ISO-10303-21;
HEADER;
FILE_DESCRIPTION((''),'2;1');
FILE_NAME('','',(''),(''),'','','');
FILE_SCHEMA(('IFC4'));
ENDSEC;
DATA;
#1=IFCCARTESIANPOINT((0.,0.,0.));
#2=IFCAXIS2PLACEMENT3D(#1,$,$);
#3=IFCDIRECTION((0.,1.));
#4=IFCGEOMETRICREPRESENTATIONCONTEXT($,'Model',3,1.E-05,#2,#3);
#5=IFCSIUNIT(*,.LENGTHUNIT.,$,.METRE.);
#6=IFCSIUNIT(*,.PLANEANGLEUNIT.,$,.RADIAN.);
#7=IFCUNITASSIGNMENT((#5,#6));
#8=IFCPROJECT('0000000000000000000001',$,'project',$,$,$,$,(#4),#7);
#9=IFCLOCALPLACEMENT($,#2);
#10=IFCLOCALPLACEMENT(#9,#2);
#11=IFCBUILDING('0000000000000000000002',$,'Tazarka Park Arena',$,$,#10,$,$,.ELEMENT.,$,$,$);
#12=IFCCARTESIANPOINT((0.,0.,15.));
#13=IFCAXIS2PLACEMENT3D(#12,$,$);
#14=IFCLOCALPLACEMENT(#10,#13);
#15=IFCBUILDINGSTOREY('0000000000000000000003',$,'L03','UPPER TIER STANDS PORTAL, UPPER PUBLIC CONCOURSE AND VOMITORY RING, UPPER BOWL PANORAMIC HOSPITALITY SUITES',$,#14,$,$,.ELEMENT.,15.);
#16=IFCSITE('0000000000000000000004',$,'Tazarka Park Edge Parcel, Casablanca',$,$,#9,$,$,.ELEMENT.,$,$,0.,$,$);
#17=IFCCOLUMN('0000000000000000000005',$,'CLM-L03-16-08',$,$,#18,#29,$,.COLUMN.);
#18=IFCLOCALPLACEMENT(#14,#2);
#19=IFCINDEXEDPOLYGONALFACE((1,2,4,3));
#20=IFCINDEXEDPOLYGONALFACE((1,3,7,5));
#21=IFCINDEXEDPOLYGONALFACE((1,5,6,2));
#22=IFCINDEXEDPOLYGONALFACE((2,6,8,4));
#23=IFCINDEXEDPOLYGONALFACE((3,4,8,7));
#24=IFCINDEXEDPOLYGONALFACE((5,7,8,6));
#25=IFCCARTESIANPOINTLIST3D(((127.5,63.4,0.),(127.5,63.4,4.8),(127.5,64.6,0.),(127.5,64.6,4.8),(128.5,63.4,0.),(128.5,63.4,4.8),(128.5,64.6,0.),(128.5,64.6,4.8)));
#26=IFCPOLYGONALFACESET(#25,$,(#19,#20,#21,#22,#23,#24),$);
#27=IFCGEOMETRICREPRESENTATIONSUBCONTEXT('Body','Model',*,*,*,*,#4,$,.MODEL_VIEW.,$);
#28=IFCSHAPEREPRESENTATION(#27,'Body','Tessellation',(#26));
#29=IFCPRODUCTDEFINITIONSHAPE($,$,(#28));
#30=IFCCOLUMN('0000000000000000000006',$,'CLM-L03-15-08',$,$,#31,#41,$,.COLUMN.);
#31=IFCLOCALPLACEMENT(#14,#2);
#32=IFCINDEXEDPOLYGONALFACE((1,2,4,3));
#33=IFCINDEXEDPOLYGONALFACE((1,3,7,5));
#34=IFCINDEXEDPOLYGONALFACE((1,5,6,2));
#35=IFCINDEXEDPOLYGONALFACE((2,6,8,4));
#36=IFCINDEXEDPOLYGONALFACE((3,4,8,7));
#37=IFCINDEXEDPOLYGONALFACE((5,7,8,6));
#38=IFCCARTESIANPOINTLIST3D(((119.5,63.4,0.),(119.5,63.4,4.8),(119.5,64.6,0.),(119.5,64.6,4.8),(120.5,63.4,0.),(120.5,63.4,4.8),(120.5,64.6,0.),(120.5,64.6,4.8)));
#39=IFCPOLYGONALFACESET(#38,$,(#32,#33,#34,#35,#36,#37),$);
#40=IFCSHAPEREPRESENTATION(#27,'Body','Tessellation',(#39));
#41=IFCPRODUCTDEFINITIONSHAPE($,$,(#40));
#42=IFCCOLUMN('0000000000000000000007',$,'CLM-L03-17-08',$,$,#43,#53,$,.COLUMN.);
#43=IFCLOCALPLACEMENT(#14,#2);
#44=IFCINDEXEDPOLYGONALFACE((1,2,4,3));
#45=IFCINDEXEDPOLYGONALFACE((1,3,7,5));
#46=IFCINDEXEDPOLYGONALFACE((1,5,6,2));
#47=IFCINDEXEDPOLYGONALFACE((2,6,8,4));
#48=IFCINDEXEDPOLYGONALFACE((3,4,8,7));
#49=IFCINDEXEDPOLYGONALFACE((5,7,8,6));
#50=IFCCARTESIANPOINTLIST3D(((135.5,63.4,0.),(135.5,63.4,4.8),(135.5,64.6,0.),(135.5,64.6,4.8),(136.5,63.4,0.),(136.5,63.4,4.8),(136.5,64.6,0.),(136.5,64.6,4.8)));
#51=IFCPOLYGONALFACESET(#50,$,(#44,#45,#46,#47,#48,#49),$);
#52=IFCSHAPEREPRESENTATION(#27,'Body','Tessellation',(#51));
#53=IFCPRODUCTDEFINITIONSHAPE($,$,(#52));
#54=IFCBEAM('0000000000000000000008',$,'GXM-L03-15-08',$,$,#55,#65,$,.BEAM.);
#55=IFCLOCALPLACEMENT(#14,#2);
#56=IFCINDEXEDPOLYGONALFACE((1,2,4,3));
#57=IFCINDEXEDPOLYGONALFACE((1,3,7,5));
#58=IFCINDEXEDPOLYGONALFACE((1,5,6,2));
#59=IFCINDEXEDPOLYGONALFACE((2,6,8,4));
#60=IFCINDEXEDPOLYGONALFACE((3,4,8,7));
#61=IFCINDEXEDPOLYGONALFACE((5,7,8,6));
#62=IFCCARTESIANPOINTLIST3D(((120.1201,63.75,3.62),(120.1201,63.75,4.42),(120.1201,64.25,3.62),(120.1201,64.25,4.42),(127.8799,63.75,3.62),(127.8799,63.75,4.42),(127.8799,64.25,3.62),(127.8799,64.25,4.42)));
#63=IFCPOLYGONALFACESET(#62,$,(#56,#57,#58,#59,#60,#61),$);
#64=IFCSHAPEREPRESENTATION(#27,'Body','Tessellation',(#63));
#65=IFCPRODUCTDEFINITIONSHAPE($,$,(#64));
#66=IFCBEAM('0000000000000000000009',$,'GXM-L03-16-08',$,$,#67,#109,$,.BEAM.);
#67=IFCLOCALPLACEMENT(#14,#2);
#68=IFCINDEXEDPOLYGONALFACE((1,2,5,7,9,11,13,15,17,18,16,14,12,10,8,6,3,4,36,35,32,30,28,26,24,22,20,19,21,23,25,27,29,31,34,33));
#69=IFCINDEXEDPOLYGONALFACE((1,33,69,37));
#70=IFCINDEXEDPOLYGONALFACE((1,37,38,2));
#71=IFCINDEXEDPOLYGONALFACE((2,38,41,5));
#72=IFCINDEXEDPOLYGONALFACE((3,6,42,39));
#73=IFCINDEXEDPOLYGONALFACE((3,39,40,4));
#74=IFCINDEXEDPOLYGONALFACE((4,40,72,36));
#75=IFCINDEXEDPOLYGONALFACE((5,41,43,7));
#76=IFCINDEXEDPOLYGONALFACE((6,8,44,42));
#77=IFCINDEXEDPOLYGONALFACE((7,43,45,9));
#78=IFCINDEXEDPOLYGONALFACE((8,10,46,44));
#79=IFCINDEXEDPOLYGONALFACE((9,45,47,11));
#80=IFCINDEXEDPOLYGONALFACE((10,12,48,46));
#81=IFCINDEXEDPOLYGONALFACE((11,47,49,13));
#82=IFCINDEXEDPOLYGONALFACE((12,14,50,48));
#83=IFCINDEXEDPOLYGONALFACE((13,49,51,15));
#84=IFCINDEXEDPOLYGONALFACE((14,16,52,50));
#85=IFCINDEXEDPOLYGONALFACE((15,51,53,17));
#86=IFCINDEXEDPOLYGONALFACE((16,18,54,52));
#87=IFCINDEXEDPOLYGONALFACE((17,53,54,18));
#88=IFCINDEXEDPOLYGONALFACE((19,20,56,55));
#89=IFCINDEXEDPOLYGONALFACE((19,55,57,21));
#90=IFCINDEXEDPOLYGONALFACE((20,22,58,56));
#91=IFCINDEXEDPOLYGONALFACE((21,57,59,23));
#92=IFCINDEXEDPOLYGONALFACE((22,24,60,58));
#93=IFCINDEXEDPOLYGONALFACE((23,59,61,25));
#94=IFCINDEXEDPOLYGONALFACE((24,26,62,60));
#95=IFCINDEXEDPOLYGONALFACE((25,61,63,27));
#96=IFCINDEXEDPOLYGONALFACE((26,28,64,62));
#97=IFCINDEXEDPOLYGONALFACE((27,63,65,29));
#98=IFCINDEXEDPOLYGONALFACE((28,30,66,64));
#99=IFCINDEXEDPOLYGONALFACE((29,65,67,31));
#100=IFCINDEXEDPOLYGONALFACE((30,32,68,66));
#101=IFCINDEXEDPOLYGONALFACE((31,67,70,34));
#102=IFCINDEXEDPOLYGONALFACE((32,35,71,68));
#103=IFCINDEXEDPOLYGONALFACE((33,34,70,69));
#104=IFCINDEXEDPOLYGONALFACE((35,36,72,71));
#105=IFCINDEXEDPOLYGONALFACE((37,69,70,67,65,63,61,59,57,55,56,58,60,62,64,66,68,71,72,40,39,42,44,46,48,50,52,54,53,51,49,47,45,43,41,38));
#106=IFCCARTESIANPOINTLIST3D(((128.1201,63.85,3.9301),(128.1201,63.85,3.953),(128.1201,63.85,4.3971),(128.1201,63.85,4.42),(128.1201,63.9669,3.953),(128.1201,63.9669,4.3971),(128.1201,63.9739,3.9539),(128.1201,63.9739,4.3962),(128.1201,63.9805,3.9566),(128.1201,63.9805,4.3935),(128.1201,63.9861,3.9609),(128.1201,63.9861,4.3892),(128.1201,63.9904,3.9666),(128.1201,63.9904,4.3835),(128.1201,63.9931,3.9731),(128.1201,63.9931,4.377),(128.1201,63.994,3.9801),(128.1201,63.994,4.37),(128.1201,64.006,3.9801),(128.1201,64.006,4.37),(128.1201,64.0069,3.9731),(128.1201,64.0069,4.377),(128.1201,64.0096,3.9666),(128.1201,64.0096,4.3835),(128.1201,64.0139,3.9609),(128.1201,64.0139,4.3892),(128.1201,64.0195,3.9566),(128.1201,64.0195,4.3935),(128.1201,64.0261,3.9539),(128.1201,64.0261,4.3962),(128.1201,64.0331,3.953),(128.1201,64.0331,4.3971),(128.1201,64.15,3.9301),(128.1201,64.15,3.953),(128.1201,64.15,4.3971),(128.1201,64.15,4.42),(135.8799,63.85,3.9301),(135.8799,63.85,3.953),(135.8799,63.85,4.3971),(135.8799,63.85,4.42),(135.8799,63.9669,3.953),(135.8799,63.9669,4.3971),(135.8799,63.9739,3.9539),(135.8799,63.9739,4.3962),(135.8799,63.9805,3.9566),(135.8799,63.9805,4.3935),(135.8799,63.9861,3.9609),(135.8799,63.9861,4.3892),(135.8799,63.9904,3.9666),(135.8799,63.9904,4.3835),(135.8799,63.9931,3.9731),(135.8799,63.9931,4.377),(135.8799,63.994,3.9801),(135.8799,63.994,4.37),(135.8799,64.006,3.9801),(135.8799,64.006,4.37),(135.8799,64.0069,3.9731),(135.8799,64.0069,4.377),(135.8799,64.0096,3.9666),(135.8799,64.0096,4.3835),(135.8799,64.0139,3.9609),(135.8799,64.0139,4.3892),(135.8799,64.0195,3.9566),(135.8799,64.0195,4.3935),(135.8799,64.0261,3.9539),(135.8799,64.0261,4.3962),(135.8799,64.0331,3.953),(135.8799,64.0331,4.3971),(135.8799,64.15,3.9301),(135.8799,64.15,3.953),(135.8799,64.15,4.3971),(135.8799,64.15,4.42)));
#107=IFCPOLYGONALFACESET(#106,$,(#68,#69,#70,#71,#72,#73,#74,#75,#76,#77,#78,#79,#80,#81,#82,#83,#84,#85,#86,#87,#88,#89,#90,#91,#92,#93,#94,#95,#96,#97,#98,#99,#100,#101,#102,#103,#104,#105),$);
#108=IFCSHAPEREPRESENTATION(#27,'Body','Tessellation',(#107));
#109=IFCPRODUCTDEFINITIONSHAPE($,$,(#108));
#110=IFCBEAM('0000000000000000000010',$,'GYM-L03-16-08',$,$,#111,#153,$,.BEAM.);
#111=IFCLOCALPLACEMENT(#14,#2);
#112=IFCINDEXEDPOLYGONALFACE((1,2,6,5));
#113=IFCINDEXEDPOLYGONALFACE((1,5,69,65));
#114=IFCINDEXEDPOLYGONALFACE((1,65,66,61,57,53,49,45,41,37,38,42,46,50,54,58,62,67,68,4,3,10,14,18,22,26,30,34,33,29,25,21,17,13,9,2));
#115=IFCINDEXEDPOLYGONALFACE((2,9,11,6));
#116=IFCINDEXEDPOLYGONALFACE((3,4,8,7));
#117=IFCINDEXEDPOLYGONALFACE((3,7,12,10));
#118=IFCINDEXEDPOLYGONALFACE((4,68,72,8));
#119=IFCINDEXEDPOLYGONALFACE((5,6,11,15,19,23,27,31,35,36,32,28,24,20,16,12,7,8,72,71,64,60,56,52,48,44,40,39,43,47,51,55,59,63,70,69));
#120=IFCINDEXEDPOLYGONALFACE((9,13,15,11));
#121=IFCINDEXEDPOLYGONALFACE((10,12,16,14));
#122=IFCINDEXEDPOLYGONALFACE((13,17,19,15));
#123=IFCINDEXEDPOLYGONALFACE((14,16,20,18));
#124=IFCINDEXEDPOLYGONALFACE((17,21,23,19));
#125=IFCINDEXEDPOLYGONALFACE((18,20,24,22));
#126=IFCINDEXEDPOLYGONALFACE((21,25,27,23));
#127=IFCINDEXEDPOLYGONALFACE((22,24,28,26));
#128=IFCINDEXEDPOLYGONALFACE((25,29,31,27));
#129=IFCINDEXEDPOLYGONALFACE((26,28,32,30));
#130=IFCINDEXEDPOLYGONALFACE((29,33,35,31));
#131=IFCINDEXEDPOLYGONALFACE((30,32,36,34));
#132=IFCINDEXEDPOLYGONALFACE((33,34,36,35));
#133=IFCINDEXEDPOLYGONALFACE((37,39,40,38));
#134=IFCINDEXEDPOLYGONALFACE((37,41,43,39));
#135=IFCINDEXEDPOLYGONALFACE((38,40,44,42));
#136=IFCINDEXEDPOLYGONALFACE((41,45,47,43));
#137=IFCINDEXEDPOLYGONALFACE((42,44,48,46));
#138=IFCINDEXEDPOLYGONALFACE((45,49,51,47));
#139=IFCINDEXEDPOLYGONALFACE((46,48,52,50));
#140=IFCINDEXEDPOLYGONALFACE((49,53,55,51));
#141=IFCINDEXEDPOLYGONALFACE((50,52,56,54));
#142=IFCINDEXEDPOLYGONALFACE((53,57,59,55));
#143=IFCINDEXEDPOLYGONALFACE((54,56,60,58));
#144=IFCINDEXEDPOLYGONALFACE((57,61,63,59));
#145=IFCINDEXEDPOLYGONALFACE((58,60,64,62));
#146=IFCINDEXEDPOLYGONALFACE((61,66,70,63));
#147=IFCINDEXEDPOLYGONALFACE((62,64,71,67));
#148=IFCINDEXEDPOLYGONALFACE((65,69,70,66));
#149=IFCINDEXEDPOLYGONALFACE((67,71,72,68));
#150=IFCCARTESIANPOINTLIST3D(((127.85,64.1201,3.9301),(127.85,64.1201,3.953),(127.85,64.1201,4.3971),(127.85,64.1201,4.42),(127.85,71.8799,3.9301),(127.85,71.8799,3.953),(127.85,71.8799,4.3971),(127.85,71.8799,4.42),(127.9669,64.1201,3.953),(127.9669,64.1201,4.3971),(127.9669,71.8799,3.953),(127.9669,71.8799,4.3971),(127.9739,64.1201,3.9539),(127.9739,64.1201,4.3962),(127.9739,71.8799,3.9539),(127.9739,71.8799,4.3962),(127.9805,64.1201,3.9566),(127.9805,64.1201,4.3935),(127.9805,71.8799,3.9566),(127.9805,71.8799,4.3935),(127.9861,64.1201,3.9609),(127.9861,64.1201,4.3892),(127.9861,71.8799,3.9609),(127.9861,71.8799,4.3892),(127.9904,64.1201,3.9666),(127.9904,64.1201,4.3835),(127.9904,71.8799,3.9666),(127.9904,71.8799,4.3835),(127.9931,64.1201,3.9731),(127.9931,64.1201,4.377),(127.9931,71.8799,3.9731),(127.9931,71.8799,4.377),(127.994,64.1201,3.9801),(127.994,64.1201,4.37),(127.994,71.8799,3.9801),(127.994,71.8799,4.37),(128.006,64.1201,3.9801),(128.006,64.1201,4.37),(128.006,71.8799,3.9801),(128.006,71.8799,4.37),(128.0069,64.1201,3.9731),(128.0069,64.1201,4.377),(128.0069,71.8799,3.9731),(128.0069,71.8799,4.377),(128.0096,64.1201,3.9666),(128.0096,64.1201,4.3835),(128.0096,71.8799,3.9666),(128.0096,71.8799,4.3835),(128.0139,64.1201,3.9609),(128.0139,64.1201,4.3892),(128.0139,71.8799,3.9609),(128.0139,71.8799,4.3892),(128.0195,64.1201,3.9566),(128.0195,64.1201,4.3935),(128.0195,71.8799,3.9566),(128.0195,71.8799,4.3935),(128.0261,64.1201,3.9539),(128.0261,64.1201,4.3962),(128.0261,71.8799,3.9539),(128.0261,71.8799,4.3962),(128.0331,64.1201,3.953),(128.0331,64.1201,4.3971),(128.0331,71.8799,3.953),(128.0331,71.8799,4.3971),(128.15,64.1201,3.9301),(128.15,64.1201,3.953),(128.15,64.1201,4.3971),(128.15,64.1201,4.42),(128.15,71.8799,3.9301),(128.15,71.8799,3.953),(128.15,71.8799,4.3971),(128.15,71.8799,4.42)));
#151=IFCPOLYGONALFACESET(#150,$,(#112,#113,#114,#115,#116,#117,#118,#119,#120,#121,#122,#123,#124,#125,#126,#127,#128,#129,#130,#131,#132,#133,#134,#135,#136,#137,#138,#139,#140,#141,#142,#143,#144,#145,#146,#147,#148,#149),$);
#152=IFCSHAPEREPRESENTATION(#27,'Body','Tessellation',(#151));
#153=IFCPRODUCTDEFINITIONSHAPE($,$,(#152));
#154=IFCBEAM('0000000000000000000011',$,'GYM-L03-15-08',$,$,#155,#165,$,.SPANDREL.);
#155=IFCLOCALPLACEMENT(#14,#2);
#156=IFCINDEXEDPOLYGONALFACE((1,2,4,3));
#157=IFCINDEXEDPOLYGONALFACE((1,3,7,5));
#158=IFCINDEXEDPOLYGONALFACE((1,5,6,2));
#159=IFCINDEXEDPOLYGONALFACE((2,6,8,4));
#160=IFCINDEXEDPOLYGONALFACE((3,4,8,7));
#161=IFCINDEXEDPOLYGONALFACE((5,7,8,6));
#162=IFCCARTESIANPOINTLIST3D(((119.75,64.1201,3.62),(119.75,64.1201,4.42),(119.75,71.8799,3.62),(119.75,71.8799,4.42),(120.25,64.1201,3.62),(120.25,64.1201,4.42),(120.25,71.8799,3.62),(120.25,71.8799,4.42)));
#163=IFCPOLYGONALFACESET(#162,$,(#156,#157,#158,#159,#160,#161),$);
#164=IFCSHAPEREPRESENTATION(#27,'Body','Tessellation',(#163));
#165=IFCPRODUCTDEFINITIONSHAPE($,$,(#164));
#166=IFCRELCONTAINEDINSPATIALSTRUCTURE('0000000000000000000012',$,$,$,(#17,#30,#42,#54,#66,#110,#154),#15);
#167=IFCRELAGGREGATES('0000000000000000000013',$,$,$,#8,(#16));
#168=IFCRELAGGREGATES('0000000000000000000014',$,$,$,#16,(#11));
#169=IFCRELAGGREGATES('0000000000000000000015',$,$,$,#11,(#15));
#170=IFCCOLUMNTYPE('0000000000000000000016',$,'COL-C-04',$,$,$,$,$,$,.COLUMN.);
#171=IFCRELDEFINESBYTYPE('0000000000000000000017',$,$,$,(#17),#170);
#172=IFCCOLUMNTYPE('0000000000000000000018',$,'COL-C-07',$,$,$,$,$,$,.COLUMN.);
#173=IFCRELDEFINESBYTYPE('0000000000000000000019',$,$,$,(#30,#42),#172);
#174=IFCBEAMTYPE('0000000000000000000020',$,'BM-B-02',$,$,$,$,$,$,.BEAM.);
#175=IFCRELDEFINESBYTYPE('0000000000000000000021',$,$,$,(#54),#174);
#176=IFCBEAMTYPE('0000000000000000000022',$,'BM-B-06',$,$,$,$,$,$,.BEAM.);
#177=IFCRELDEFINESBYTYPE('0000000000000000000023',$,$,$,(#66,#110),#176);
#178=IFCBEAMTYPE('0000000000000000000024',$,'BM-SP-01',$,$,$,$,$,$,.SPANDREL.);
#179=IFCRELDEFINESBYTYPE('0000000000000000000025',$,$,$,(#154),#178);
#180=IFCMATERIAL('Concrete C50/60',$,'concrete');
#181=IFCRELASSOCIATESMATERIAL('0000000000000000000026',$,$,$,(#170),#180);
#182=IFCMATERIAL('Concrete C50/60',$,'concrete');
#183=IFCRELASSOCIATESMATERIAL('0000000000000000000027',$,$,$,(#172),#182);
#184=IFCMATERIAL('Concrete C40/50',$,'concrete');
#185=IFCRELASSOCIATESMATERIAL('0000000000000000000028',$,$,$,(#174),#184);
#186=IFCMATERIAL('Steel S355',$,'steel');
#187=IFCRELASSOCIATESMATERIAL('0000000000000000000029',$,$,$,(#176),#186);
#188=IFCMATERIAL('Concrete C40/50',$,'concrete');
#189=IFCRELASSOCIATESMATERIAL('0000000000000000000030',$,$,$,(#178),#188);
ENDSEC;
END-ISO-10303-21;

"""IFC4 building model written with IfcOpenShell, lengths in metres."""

from ifc_helpers import new_model, si_unit, direction, frame, origin, origin_2d, place, context, subcontext, project, spatial, rectangle, i_section, extrude, material, material_profile, profile_set, type_object, element, save


model = new_model("IFC4")

# Units and contexts
model_context = context("Model", 3, precision=1e-05, world=origin(), true_north=direction((0.0, 1.0)))
body_context = subcontext(model_context, "Body", "Model", "MODEL_VIEW")
ifc_project = project(units=[si_unit("LENGTHUNIT", "METRE"), si_unit("PLANEANGLEUNIT", "RADIAN")], contexts=[model_context])

# Site, building, storey
site_placement = place(None, origin())
site = spatial("IfcSite", under=ifc_project, at=site_placement, Name="Tazarka Park Edge Parcel, Casablanca", CompositionType="ELEMENT", RefElevation=0.0)
building_placement = place(site_placement, origin())
building = spatial("IfcBuilding", under=site, at=building_placement, Name="Tazarka Park Arena", CompositionType="ELEMENT")
storey_placement = place(building_placement, frame((0.0, 0.0, 15.0)))
storey = spatial("IfcBuildingStorey", under=building, at=storey_placement, Name="L03", Description="UPPER TIER STANDS PORTAL, UPPER PUBLIC CONCOURSE AND VOMITORY RING, UPPER BOWL PANORAMIC HOSPITALITY SUITES", CompositionType="ELEMENT", Elevation=15.0)

# Columns
ifc_material_1 = material(Name="Concrete C50/60", Category="concrete")
ifc_material_profile_1 = material_profile(ifc_material_1, rectangle(XDim=1.0, YDim=1.2, at=origin_2d()), Name="Concrete C50/60")
ifc_profile_set_1 = profile_set([ifc_material_profile_1], Name="Concrete C50/60")
column_type_1 = type_object("IfcColumnType", Name="COL-C-04", PredefinedType="COLUMN", material=ifc_profile_set_1)
column_placement = place(storey_placement, frame((128.0, 64.0, 0.0), z_axis=(0.0, 0.0, 1.0), x_axis=(1.0, 0.0, 0.0)))
element("IfcColumn", 1, at=column_placement, inside=storey, type_object=column_type_1, Name="CLM-L03-16-08", PredefinedType="COLUMN", context=body_context, shape_type="SweptSolid", body=[
    extrude(rectangle(XDim=1.0, YDim=1.2, at=origin_2d()), origin(), (0.0, 0.0, 1.0), 4.8),
])
ifc_material_2 = material(Name="Concrete C50/60", Category="concrete")
ifc_material_profile_2 = material_profile(ifc_material_2, rectangle(XDim=1.0, YDim=1.2, at=origin_2d()), Name="Concrete C50/60")
ifc_profile_set_2 = profile_set([ifc_material_profile_2], Name="Concrete C50/60")
column_type_2 = type_object("IfcColumnType", Name="COL-C-07", PredefinedType="COLUMN", material=ifc_profile_set_2)
for number, where, z_axis, x_axis, name in (
    (2, (120.0, 64.0, 0.0), (0.0, 0.0, 1.0), (1.0, 0.0, 0.0), "CLM-L03-15-08"),
    (3, (136.0, 64.0, 0.0), (0.0, 0.0, 1.0), (1.0, 0.0, 0.0), "CLM-L03-17-08"),
):
    element("IfcColumn", number, at=place(storey_placement, frame(where, z_axis=z_axis, x_axis=x_axis)), inside=storey, type_object=column_type_2, Name=name, PredefinedType="COLUMN", context=body_context, shape_type="SweptSolid", body=[
        extrude(rectangle(XDim=1.0, YDim=1.2, at=origin_2d()), origin(), (0.0, 0.0, 1.0), 4.8),
    ])

# Beams
ifc_material_3 = material(Name="Concrete C40/50", Category="concrete")
ifc_material_profile_3 = material_profile(ifc_material_3, rectangle(XDim=0.5, YDim=0.8, at=origin_2d()), Name="Concrete C40/50")
ifc_profile_set_3 = profile_set([ifc_material_profile_3], Name="Concrete C40/50")
beam_type_1 = type_object("IfcBeamType", Name="BM-B-02", PredefinedType="BEAM", material=ifc_profile_set_3)
beam_1_placement = place(storey_placement, frame((120.1201, 64.0, 4.02), z_axis=(1.0, 0.0, 0.0), x_axis=(0.0, 1.0, 0.0)))
element("IfcBeam", 4, at=beam_1_placement, inside=storey, type_object=beam_type_1, Name="GXM-L03-15-08", PredefinedType="BEAM", context=body_context, shape_type="SweptSolid", body=[
    extrude(rectangle(XDim=0.5, YDim=0.8, at=origin_2d()), origin(), (0.0, 0.0, 1.0), 7.7598),
])
ifc_material_4 = material(Name="Steel S355", Category="steel")
ifc_material_profile_4 = material_profile(ifc_material_4, i_section(OverallWidth=0.3, OverallDepth=0.49, WebThickness=0.012, FlangeThickness=0.0229, FilletRadius=0.0271, at=origin_2d()), Name="Steel S355")
ifc_profile_set_4 = profile_set([ifc_material_profile_4], Name="Steel S355")
beam_type_2 = type_object("IfcBeamType", Name="BM-B-06", PredefinedType="BEAM", material=ifc_profile_set_4)
for number, where, z_axis, x_axis, name in (
    (5, (128.1201, 64.0, 4.175), (1.0, 0.0, 0.0), (0.0, 1.0, 0.0), "GXM-L03-16-08"),
    (6, (128.0, 64.1201, 4.175), (0.0, 1.0, 0.0), (-1.0, 0.0, 0.0), "GYM-L03-16-08"),
):
    element("IfcBeam", number, at=place(storey_placement, frame(where, z_axis=z_axis, x_axis=x_axis)), inside=storey, type_object=beam_type_2, Name=name, PredefinedType="BEAM", context=body_context, shape_type="SweptSolid", body=[
        extrude(i_section(OverallWidth=0.3, OverallDepth=0.49, WebThickness=0.012, FlangeThickness=0.0229, FilletRadius=0.0271, at=origin_2d()), origin(), (0.0, 0.0, 1.0), 7.7598),
    ])
ifc_material_5 = material(Name="Concrete C40/50", Category="concrete")
ifc_material_profile_5 = material_profile(ifc_material_5, rectangle(XDim=0.5, YDim=0.8, at=origin_2d()), Name="Concrete C40/50")
ifc_profile_set_5 = profile_set([ifc_material_profile_5], Name="Concrete C40/50")
beam_type_3 = type_object("IfcBeamType", Name="BM-SP-01", PredefinedType="SPANDREL", material=ifc_profile_set_5)
beam_2_placement = place(storey_placement, frame((120.0, 64.1201, 4.02), z_axis=(0.0, 1.0, 0.0), x_axis=(-1.0, 0.0, 0.0)))
element("IfcBeam", 7, at=beam_2_placement, inside=storey, type_object=beam_type_3, Name="GYM-L03-15-08", PredefinedType="SPANDREL", context=body_context, shape_type="SweptSolid", body=[
    extrude(rectangle(XDim=0.5, YDim=0.8, at=origin_2d()), origin(), (0.0, 0.0, 1.0), 7.7598),
])

save(model, "model.ifc")
